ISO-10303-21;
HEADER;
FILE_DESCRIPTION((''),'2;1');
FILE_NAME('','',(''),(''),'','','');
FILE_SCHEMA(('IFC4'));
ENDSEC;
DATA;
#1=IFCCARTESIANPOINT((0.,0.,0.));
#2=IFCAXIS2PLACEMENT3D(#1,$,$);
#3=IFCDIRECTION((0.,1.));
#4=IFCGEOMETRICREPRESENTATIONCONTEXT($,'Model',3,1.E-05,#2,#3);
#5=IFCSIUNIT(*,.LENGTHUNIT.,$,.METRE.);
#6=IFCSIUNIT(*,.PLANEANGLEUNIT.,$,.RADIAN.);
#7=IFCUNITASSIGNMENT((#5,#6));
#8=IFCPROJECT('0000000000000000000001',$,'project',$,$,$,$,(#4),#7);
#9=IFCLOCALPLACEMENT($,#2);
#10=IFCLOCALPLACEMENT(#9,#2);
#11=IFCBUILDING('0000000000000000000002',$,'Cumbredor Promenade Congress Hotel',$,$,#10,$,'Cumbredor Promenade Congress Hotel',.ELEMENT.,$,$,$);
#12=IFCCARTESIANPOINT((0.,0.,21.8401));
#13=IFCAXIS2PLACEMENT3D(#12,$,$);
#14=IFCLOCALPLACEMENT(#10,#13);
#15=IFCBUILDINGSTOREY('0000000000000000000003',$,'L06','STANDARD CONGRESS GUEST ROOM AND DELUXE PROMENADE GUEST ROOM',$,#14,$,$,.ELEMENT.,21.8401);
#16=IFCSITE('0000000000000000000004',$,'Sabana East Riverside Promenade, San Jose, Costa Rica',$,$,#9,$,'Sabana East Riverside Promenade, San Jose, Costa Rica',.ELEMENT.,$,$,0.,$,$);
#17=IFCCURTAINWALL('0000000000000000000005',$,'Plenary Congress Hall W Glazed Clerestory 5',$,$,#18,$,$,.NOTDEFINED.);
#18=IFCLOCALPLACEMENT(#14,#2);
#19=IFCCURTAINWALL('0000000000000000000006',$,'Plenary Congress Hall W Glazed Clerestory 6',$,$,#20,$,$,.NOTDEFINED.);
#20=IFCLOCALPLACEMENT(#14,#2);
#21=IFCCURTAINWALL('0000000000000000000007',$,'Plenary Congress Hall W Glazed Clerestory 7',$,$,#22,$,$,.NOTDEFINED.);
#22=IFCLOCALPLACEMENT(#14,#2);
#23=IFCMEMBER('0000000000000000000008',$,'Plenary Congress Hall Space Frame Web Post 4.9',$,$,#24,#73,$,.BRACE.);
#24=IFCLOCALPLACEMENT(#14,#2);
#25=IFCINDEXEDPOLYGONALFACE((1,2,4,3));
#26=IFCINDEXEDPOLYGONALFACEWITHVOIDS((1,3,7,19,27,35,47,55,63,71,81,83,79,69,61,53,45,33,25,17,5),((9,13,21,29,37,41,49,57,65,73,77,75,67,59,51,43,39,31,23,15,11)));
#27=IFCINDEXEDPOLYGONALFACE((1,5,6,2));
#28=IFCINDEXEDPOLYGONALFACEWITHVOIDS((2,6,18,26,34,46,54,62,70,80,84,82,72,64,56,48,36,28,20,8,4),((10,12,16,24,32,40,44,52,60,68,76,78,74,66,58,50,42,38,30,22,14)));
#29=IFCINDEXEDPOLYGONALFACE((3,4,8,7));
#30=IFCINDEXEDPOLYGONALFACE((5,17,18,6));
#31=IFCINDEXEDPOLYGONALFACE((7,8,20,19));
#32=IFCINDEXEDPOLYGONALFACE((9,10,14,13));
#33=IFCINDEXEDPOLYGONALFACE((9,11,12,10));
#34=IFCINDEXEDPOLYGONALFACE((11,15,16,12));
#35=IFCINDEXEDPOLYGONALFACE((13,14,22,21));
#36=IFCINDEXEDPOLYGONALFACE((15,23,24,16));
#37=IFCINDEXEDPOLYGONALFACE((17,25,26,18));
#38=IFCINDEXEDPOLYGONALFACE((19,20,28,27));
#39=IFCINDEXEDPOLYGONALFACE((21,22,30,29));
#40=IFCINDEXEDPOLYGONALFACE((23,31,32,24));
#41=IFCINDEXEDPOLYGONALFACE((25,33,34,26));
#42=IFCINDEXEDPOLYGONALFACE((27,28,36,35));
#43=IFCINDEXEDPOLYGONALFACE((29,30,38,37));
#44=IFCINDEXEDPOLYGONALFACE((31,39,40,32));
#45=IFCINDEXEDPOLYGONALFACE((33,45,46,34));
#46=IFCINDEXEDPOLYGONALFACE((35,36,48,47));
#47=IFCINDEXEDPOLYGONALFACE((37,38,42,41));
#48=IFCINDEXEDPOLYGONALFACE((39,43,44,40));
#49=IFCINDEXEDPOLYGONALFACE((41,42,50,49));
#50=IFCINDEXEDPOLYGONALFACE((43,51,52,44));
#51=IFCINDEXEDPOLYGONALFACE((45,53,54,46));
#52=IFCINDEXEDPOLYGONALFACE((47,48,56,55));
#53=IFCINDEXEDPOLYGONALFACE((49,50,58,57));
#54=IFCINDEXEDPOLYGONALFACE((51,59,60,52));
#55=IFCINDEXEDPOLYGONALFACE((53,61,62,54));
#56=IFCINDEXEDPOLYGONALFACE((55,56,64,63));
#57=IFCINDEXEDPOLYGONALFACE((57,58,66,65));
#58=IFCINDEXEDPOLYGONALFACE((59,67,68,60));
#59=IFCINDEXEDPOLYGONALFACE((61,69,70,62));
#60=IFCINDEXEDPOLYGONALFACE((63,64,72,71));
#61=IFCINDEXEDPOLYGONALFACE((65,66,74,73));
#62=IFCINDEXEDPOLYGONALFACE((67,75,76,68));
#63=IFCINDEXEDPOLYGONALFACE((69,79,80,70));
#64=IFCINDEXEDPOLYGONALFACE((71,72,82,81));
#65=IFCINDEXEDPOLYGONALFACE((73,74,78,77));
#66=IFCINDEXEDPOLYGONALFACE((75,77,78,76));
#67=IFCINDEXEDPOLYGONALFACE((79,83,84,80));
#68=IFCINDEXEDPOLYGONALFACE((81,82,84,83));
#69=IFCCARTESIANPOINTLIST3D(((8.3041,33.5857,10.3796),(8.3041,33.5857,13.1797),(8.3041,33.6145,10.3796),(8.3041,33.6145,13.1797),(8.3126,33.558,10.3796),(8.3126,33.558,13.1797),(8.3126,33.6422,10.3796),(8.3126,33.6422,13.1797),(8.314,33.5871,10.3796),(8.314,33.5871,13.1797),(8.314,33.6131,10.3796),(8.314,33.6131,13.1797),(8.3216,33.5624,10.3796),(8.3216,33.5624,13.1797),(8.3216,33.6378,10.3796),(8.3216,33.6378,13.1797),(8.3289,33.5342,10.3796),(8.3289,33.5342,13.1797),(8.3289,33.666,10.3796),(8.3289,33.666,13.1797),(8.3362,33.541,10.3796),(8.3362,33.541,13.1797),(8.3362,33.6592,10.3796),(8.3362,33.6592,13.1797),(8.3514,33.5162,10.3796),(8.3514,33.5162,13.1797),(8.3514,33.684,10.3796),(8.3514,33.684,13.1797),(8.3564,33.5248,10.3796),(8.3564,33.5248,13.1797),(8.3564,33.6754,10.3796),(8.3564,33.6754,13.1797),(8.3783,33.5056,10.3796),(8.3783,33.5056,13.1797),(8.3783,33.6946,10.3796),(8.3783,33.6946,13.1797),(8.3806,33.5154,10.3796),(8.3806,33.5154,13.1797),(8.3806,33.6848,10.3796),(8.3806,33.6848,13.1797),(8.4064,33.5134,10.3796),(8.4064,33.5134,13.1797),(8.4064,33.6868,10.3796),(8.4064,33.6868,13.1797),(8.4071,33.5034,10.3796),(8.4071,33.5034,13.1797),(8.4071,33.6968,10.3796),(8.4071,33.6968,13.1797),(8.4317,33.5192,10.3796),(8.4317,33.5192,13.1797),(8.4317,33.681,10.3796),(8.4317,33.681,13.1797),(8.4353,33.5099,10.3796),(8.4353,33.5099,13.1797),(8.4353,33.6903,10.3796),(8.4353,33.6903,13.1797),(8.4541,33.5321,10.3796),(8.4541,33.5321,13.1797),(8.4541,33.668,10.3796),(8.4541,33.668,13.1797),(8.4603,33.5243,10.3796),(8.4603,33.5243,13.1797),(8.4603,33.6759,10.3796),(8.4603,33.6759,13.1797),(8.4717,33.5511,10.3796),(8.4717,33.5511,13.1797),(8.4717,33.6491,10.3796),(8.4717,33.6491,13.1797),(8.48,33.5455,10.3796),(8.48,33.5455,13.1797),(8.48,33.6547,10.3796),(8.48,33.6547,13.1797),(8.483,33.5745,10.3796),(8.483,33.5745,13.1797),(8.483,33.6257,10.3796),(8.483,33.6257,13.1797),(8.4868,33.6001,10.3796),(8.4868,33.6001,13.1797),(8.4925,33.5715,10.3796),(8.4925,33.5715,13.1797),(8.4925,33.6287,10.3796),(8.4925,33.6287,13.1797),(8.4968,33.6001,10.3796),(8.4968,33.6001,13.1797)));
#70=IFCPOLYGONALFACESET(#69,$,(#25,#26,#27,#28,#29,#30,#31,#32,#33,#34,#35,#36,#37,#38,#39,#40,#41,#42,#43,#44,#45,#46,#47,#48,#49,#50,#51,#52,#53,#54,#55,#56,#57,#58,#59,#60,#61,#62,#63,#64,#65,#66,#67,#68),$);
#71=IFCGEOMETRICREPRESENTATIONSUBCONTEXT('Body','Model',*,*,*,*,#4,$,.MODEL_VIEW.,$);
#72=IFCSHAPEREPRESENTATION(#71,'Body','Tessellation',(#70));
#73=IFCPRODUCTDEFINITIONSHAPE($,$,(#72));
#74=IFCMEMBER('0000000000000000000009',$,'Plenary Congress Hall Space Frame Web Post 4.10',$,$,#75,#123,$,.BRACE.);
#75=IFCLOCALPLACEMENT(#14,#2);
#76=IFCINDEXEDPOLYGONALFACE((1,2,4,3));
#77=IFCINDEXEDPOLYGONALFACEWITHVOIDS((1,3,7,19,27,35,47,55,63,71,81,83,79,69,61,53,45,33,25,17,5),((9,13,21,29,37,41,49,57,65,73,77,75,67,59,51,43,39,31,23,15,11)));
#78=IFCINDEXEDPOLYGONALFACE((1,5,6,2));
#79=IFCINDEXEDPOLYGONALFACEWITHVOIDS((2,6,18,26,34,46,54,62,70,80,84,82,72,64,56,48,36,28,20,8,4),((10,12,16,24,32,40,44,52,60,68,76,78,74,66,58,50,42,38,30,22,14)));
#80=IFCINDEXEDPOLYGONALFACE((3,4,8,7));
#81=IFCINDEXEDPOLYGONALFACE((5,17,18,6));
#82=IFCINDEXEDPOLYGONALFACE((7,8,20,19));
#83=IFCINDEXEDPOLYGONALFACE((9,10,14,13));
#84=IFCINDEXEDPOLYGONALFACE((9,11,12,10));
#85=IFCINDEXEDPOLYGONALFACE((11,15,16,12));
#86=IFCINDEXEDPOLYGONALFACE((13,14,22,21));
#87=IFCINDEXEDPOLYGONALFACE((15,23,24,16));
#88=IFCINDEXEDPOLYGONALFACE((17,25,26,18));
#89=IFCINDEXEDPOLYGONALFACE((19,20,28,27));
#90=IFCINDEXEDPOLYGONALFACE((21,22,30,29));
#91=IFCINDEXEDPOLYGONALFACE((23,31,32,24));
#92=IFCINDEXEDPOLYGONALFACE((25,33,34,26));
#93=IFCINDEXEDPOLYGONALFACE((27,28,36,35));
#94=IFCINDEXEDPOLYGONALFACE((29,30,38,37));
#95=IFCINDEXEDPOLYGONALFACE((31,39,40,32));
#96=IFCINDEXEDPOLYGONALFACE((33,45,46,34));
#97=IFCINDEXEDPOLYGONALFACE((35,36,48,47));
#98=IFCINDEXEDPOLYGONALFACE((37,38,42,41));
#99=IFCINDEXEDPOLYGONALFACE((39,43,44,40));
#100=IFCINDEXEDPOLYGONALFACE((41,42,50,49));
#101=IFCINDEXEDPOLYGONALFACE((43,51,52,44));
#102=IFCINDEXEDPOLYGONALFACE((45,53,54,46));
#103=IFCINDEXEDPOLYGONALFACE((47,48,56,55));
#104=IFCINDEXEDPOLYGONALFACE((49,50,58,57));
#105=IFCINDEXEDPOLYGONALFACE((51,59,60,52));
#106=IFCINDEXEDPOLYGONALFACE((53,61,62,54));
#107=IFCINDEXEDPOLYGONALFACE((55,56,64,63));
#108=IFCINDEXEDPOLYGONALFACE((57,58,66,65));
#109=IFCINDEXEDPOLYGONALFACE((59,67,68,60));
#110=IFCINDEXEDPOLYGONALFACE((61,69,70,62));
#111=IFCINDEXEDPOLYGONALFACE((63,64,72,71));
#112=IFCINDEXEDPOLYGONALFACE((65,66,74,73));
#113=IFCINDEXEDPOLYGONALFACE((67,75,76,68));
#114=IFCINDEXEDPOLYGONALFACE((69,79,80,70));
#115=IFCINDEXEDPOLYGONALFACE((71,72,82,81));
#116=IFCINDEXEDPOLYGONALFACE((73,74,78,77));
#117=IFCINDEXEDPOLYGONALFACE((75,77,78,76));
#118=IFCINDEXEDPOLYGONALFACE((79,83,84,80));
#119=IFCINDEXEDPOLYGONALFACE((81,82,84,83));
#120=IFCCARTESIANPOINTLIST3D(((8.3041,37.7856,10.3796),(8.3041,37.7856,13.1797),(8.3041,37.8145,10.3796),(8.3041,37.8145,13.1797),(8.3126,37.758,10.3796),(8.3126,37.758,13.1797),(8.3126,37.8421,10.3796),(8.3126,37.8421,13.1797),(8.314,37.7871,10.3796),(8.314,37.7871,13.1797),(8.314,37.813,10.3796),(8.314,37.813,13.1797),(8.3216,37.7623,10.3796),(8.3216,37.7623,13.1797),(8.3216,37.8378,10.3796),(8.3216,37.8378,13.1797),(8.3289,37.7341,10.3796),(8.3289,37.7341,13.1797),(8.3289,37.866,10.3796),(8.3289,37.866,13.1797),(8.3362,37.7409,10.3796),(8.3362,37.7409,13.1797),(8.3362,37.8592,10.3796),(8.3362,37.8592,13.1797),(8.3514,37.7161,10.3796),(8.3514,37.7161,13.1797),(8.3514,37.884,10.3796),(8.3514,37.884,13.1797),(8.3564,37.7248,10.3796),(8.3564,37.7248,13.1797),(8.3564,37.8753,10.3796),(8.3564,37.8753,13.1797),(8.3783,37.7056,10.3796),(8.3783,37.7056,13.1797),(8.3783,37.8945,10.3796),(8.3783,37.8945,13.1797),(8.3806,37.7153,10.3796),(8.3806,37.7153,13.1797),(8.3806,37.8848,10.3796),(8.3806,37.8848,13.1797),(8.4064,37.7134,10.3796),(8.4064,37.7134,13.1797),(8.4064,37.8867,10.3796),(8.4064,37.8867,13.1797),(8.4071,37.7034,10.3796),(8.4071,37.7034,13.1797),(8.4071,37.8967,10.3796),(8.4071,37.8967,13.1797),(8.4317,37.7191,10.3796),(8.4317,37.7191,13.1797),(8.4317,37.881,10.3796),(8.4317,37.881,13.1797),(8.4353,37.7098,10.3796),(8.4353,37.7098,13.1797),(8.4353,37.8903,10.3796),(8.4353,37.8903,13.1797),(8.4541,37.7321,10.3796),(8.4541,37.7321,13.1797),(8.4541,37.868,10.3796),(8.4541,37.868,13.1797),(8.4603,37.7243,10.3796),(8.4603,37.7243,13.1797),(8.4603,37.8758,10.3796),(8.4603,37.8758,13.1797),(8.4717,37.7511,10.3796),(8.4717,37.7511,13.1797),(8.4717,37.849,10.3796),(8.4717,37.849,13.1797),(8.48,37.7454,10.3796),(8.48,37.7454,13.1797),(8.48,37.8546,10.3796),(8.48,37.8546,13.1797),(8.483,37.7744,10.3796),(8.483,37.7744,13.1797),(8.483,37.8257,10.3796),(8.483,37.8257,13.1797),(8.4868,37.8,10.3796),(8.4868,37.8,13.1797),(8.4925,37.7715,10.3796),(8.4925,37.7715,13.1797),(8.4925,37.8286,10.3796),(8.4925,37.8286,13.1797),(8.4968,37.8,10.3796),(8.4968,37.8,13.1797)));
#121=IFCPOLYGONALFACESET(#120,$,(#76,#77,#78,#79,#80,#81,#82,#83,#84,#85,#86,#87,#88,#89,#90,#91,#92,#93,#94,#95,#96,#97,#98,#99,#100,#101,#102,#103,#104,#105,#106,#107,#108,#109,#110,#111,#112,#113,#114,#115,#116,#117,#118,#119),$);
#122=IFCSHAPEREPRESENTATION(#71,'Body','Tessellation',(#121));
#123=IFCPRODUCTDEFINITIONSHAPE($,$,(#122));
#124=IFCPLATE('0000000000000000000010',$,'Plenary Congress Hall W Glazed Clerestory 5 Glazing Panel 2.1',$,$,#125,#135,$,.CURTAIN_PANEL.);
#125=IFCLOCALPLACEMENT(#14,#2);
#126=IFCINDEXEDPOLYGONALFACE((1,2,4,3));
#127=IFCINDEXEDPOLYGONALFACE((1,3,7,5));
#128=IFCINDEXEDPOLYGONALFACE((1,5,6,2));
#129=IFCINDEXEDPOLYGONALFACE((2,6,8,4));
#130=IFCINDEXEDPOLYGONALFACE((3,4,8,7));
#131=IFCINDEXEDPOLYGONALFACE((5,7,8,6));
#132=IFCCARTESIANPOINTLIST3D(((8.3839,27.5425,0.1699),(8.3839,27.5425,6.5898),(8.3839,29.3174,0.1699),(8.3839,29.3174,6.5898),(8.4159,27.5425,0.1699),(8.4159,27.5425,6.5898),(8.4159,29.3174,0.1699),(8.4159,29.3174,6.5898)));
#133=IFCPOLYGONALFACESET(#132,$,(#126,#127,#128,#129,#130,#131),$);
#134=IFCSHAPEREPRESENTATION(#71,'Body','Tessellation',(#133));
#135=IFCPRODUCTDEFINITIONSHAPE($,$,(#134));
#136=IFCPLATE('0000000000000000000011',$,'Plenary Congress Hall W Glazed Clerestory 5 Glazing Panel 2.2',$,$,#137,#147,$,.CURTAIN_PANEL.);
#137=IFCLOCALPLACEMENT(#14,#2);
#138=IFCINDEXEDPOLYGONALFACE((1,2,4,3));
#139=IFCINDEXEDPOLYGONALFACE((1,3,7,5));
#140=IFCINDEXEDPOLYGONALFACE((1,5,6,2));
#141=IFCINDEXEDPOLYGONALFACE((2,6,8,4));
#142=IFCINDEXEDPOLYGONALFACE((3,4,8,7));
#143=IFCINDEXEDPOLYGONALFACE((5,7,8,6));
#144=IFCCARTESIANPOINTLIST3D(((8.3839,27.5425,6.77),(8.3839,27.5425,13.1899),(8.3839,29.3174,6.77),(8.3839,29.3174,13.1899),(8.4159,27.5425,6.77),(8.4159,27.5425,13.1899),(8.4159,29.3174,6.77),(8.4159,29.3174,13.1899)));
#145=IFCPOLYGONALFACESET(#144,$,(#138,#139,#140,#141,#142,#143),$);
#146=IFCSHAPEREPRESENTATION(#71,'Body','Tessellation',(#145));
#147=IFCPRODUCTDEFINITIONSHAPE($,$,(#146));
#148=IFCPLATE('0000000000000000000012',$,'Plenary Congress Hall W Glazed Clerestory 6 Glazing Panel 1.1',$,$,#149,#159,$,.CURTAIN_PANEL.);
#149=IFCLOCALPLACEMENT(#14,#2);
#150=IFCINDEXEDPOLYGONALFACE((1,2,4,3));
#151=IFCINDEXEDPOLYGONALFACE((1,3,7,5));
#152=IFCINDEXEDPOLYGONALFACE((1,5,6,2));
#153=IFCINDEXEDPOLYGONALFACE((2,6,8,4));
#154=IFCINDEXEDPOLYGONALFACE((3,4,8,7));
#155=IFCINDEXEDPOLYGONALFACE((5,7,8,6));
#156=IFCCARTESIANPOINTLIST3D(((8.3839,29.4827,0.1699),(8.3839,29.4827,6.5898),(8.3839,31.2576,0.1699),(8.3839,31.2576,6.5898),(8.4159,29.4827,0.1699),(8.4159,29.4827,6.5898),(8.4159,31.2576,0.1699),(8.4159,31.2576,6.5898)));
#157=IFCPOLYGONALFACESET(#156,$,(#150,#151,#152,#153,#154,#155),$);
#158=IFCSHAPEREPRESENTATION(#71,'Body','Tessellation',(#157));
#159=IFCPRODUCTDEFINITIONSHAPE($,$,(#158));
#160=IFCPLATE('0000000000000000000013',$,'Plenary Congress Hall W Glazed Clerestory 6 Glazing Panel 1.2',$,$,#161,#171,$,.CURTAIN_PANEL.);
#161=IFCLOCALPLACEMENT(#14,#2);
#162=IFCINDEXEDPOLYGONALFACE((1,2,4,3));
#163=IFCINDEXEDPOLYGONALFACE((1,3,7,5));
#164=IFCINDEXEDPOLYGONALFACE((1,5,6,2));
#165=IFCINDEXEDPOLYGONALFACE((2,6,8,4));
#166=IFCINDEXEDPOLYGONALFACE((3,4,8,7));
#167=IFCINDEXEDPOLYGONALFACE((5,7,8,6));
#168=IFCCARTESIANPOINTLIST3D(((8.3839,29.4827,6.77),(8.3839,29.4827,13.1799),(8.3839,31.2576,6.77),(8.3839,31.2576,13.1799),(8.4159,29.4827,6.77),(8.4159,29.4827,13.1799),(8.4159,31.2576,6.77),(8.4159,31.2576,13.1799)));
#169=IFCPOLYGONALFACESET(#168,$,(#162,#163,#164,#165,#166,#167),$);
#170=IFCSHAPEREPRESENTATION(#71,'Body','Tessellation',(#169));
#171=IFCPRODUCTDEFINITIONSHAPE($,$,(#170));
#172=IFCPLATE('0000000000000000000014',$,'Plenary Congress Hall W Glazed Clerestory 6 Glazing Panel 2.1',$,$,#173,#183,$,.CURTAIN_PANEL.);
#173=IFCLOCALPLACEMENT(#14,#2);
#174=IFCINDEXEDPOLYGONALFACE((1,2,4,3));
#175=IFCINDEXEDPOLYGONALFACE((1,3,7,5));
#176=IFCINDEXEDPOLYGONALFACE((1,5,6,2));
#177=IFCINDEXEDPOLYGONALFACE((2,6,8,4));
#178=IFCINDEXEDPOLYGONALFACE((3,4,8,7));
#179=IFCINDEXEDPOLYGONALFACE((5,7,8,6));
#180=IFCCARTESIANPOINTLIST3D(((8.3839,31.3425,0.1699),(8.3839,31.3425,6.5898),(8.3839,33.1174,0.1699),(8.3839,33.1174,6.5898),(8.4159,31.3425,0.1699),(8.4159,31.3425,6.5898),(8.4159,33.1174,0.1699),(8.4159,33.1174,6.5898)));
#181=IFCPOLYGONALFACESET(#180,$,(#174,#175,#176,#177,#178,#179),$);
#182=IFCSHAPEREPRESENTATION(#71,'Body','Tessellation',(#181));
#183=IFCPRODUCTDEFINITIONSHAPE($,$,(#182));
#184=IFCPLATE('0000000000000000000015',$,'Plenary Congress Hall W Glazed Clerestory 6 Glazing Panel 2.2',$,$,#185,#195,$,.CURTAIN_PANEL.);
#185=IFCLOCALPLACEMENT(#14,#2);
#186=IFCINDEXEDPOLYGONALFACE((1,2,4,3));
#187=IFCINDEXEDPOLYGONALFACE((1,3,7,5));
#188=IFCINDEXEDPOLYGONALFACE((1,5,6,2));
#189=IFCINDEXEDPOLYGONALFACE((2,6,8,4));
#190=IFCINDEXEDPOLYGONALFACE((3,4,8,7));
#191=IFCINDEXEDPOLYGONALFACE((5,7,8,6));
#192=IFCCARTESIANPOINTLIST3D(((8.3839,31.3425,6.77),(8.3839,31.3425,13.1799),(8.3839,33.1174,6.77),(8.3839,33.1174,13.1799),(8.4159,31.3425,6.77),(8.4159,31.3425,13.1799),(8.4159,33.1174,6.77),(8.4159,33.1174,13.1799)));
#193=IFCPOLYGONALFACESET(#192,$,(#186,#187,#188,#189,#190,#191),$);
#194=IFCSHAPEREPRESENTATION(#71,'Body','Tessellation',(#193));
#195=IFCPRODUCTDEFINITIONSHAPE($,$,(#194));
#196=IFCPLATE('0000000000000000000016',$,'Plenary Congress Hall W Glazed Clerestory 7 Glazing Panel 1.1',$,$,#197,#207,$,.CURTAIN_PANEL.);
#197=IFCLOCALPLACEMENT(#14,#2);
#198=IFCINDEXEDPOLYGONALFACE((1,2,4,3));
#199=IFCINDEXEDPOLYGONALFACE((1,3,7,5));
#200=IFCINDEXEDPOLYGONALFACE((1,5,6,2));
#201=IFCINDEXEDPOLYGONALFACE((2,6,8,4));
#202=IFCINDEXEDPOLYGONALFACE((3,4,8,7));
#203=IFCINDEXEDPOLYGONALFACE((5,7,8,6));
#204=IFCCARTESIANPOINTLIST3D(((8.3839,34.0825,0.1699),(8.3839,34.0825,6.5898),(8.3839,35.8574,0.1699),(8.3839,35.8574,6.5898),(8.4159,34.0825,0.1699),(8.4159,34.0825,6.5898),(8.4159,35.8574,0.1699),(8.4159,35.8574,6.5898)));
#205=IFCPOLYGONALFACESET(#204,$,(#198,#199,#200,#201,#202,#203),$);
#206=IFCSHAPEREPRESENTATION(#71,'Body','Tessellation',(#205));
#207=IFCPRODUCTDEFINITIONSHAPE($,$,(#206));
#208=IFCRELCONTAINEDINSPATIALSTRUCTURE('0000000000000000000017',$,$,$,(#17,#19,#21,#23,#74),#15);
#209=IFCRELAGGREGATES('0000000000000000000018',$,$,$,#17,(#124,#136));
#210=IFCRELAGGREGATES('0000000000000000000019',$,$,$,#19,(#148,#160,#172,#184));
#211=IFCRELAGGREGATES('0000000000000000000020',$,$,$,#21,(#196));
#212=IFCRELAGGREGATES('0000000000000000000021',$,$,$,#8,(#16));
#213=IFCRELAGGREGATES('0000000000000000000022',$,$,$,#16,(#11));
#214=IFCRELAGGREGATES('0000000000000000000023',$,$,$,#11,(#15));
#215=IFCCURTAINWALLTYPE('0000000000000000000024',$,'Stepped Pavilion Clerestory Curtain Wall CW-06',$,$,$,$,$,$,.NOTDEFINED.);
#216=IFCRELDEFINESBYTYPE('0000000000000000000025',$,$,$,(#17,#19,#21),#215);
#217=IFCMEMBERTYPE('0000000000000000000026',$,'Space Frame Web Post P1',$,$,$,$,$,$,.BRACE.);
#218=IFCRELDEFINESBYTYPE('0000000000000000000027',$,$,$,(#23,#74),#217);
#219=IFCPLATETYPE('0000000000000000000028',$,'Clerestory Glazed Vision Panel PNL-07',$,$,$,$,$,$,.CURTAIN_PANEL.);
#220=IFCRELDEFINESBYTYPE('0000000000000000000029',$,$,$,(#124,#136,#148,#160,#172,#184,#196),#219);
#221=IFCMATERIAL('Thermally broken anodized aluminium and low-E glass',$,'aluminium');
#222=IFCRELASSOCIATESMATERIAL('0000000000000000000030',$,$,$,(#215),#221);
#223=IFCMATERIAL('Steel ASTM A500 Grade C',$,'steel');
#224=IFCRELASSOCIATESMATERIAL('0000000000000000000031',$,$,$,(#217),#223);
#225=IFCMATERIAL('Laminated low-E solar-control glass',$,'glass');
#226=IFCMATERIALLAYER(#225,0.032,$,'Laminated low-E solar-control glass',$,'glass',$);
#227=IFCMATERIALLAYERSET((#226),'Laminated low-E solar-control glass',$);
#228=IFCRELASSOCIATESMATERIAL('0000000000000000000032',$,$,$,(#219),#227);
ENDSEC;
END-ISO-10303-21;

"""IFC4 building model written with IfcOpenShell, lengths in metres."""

from ifc_helpers import new_model, si_unit, direction, frame, origin, origin_2d, place, context, subcontext, project, spatial, rectangle, hollow_circle, extrude, material, layer, layer_set, material_profile, profile_set, type_object, element, aggregate, save


model = new_model("IFC4")

# Units and contexts
model_context = context("Model", 3, precision=1e-05, world=origin(), true_north=direction((0.0, 1.0)))
body_context = subcontext(model_context, "Body", "Model", "MODEL_VIEW")
ifc_project = project(units=[si_unit("LENGTHUNIT", "METRE"), si_unit("PLANEANGLEUNIT", "RADIAN")], contexts=[model_context])

# Site, building, storey
site_placement = place(None, origin())
site = spatial("IfcSite", under=ifc_project, at=site_placement, Name="Sabana East Riverside Promenade, San Jose, Costa Rica", LongName="Sabana East Riverside Promenade, San Jose, Costa Rica", CompositionType="ELEMENT", RefElevation=0.0)
building_placement = place(site_placement, origin())
building = spatial("IfcBuilding", under=site, at=building_placement, Name="Cumbredor Promenade Congress Hotel", LongName="Cumbredor Promenade Congress Hotel", CompositionType="ELEMENT")
storey_placement = place(building_placement, frame((0.0, 0.0, 21.8401)))
storey = spatial("IfcBuildingStorey", under=building, at=storey_placement, Name="L06", Description="STANDARD CONGRESS GUEST ROOM AND DELUXE PROMENADE GUEST ROOM", CompositionType="ELEMENT", Elevation=21.8401)

# Curtain wall
ifc_material_1 = material(Name="Thermally broken anodized aluminium and low-E glass", Category="aluminium")
curtain_wall_type = type_object("IfcCurtainWallType", Name="Stepped Pavilion Clerestory Curtain Wall CW-06", PredefinedType="NOTDEFINED", material=ifc_material_1)
curtain_wall_1_placement = place(storey_placement, origin())
curtain_wall_1 = element("IfcCurtainWall", 1, at=curtain_wall_1_placement, inside=storey, type_object=curtain_wall_type, Name="Plenary Congress Hall W Glazed Clerestory 5", PredefinedType="NOTDEFINED")

# Curtain walls
curtain_wall_2_placement = place(storey_placement, origin())
curtain_wall_2 = element("IfcCurtainWall", 2, at=curtain_wall_2_placement, inside=storey, type_object=curtain_wall_type, Name="Plenary Congress Hall W Glazed Clerestory 6", PredefinedType="NOTDEFINED")
curtain_wall_3_placement = place(storey_placement, origin())
curtain_wall_3 = element("IfcCurtainWall", 3, at=curtain_wall_3_placement, inside=storey, type_object=curtain_wall_type, Name="Plenary Congress Hall W Glazed Clerestory 7", PredefinedType="NOTDEFINED")

# Members
ifc_material_2 = material(Name="Steel ASTM A500 Grade C", Category="steel")
ifc_material_profile_1 = material_profile(ifc_material_2, hollow_circle(Radius=0.0969, WallThickness=0.01, at=origin_2d()), Name="CHS 193.7x10")
ifc_profile_set_1 = profile_set([ifc_material_profile_1], Name="Steel ASTM A500 Grade C")
member_type_1 = type_object("IfcMemberType", Name="Space Frame Web Post P1", PredefinedType="BRACE", material=ifc_profile_set_1)
for number, where, z_axis, x_axis, name in (
    (4, (8.3999, 33.6001, 10.3796), (0.0, 0.0, 1.0), (1.0, 0.0, 0.0), "Plenary Congress Hall Space Frame Web Post 4.9"),
    (5, (8.3999, 37.8, 10.3796), (0.0, 0.0, 1.0), (1.0, 0.0, 0.0), "Plenary Congress Hall Space Frame Web Post 4.10"),
):
    element("IfcMember", number, at=place(storey_placement, frame(where, z_axis=z_axis, x_axis=x_axis)), inside=storey, type_object=member_type_1, Name=name, PredefinedType="BRACE", context=body_context, shape_type="SweptSolid", body=[
        extrude(hollow_circle(Radius=0.0969, WallThickness=0.01, at=origin_2d()), origin(), (0.0, 0.0, 1.0), 2.8),
    ])

# Plates
ifc_material_3 = material(Name="Laminated low-E solar-control glass", Category="glass")
ifc_layer_1 = layer(ifc_material_3, 0.032, Name="Laminated low-E solar-control glass", Category="glass")
ifc_layer_set_1 = layer_set([ifc_layer_1], Name="Laminated low-E solar-control glass")
plate_type_1 = type_object("IfcPlateType", Name="Clerestory Glazed Vision Panel PNL-07", PredefinedType="CURTAIN_PANEL", material=ifc_layer_set_1)
plate_1_placement = place(storey_placement, frame((8.3999, 28.4299, 0.1699), z_axis=(0.0, 0.0, 1.0), x_axis=(0.0, 1.0, 0.0)))
plate_1 = element("IfcPlate", 6, at=plate_1_placement, type_object=plate_type_1, Name="Plenary Congress Hall W Glazed Clerestory 5 Glazing Panel 2.1", PredefinedType="CURTAIN_PANEL", context=body_context, shape_type="SweptSolid", body=[
    extrude(rectangle(XDim=1.7749, YDim=0.032, at=origin_2d()), origin(), (0.0, 0.0, 1.0), 6.4199),
])
plate_2_placement = place(storey_placement, frame((8.3999, 28.4299, 6.77), z_axis=(0.0, 0.0, 1.0), x_axis=(0.0, 1.0, 0.0)))
plate_2 = element("IfcPlate", 7, at=plate_2_placement, type_object=plate_type_1, Name="Plenary Congress Hall W Glazed Clerestory 5 Glazing Panel 2.2", PredefinedType="CURTAIN_PANEL", context=body_context, shape_type="SweptSolid", body=[
    extrude(rectangle(XDim=1.7749, YDim=0.032, at=origin_2d()), origin(), (0.0, 0.0, 1.0), 6.4199),
])
aggregate(curtain_wall_1, [plate_1, plate_2])
plate_3_placement = place(storey_placement, frame((8.3999, 30.3701, 0.1699), z_axis=(0.0, 0.0, 1.0), x_axis=(0.0, 1.0, 0.0)))
plate_3 = element("IfcPlate", 8, at=plate_3_placement, type_object=plate_type_1, Name="Plenary Congress Hall W Glazed Clerestory 6 Glazing Panel 1.1", PredefinedType="CURTAIN_PANEL", context=body_context, shape_type="SweptSolid", body=[
    extrude(rectangle(XDim=1.7749, YDim=0.032, at=origin_2d()), origin(), (0.0, 0.0, 1.0), 6.4199),
])
plate_4_placement = place(storey_placement, frame((8.3999, 30.3701, 6.77), z_axis=(0.0, 0.0, 1.0), x_axis=(0.0, 1.0, 0.0)))
plate_4 = element("IfcPlate", 9, at=plate_4_placement, type_object=plate_type_1, Name="Plenary Congress Hall W Glazed Clerestory 6 Glazing Panel 1.2", PredefinedType="CURTAIN_PANEL", context=body_context, shape_type="SweptSolid", body=[
    extrude(rectangle(XDim=1.7749, YDim=0.032, at=origin_2d()), origin(), (0.0, 0.0, 1.0), 6.4099),
])
plate_5_placement = place(storey_placement, frame((8.3999, 32.23, 0.1699), z_axis=(0.0, 0.0, 1.0), x_axis=(0.0, 1.0, 0.0)))
plate_5 = element("IfcPlate", 10, at=plate_5_placement, type_object=plate_type_1, Name="Plenary Congress Hall W Glazed Clerestory 6 Glazing Panel 2.1", PredefinedType="CURTAIN_PANEL", context=body_context, shape_type="SweptSolid", body=[
    extrude(rectangle(XDim=1.7749, YDim=0.032, at=origin_2d()), origin(), (0.0, 0.0, 1.0), 6.4199),
])
plate_6_placement = place(storey_placement, frame((8.3999, 32.23, 6.77), z_axis=(0.0, 0.0, 1.0), x_axis=(0.0, 1.0, 0.0)))
plate_6 = element("IfcPlate", 11, at=plate_6_placement, type_object=plate_type_1, Name="Plenary Congress Hall W Glazed Clerestory 6 Glazing Panel 2.2", PredefinedType="CURTAIN_PANEL", context=body_context, shape_type="SweptSolid", body=[
    extrude(rectangle(XDim=1.7749, YDim=0.032, at=origin_2d()), origin(), (0.0, 0.0, 1.0), 6.4099),
])
aggregate(curtain_wall_2, [plate_3, plate_4, plate_5, plate_6])
plate_7_placement = place(storey_placement, frame((8.3999, 34.97, 0.1699), z_axis=(0.0, 0.0, 1.0), x_axis=(0.0, 1.0, 0.0)))
plate_7 = element("IfcPlate", 12, at=plate_7_placement, type_object=plate_type_1, Name="Plenary Congress Hall W Glazed Clerestory 7 Glazing Panel 1.1", PredefinedType="CURTAIN_PANEL", context=body_context, shape_type="SweptSolid", body=[
    extrude(rectangle(XDim=1.7749, YDim=0.032, at=origin_2d()), origin(), (0.0, 0.0, 1.0), 6.4199),
])
aggregate(curtain_wall_3, [plate_7])

save(model, "model.ifc")
